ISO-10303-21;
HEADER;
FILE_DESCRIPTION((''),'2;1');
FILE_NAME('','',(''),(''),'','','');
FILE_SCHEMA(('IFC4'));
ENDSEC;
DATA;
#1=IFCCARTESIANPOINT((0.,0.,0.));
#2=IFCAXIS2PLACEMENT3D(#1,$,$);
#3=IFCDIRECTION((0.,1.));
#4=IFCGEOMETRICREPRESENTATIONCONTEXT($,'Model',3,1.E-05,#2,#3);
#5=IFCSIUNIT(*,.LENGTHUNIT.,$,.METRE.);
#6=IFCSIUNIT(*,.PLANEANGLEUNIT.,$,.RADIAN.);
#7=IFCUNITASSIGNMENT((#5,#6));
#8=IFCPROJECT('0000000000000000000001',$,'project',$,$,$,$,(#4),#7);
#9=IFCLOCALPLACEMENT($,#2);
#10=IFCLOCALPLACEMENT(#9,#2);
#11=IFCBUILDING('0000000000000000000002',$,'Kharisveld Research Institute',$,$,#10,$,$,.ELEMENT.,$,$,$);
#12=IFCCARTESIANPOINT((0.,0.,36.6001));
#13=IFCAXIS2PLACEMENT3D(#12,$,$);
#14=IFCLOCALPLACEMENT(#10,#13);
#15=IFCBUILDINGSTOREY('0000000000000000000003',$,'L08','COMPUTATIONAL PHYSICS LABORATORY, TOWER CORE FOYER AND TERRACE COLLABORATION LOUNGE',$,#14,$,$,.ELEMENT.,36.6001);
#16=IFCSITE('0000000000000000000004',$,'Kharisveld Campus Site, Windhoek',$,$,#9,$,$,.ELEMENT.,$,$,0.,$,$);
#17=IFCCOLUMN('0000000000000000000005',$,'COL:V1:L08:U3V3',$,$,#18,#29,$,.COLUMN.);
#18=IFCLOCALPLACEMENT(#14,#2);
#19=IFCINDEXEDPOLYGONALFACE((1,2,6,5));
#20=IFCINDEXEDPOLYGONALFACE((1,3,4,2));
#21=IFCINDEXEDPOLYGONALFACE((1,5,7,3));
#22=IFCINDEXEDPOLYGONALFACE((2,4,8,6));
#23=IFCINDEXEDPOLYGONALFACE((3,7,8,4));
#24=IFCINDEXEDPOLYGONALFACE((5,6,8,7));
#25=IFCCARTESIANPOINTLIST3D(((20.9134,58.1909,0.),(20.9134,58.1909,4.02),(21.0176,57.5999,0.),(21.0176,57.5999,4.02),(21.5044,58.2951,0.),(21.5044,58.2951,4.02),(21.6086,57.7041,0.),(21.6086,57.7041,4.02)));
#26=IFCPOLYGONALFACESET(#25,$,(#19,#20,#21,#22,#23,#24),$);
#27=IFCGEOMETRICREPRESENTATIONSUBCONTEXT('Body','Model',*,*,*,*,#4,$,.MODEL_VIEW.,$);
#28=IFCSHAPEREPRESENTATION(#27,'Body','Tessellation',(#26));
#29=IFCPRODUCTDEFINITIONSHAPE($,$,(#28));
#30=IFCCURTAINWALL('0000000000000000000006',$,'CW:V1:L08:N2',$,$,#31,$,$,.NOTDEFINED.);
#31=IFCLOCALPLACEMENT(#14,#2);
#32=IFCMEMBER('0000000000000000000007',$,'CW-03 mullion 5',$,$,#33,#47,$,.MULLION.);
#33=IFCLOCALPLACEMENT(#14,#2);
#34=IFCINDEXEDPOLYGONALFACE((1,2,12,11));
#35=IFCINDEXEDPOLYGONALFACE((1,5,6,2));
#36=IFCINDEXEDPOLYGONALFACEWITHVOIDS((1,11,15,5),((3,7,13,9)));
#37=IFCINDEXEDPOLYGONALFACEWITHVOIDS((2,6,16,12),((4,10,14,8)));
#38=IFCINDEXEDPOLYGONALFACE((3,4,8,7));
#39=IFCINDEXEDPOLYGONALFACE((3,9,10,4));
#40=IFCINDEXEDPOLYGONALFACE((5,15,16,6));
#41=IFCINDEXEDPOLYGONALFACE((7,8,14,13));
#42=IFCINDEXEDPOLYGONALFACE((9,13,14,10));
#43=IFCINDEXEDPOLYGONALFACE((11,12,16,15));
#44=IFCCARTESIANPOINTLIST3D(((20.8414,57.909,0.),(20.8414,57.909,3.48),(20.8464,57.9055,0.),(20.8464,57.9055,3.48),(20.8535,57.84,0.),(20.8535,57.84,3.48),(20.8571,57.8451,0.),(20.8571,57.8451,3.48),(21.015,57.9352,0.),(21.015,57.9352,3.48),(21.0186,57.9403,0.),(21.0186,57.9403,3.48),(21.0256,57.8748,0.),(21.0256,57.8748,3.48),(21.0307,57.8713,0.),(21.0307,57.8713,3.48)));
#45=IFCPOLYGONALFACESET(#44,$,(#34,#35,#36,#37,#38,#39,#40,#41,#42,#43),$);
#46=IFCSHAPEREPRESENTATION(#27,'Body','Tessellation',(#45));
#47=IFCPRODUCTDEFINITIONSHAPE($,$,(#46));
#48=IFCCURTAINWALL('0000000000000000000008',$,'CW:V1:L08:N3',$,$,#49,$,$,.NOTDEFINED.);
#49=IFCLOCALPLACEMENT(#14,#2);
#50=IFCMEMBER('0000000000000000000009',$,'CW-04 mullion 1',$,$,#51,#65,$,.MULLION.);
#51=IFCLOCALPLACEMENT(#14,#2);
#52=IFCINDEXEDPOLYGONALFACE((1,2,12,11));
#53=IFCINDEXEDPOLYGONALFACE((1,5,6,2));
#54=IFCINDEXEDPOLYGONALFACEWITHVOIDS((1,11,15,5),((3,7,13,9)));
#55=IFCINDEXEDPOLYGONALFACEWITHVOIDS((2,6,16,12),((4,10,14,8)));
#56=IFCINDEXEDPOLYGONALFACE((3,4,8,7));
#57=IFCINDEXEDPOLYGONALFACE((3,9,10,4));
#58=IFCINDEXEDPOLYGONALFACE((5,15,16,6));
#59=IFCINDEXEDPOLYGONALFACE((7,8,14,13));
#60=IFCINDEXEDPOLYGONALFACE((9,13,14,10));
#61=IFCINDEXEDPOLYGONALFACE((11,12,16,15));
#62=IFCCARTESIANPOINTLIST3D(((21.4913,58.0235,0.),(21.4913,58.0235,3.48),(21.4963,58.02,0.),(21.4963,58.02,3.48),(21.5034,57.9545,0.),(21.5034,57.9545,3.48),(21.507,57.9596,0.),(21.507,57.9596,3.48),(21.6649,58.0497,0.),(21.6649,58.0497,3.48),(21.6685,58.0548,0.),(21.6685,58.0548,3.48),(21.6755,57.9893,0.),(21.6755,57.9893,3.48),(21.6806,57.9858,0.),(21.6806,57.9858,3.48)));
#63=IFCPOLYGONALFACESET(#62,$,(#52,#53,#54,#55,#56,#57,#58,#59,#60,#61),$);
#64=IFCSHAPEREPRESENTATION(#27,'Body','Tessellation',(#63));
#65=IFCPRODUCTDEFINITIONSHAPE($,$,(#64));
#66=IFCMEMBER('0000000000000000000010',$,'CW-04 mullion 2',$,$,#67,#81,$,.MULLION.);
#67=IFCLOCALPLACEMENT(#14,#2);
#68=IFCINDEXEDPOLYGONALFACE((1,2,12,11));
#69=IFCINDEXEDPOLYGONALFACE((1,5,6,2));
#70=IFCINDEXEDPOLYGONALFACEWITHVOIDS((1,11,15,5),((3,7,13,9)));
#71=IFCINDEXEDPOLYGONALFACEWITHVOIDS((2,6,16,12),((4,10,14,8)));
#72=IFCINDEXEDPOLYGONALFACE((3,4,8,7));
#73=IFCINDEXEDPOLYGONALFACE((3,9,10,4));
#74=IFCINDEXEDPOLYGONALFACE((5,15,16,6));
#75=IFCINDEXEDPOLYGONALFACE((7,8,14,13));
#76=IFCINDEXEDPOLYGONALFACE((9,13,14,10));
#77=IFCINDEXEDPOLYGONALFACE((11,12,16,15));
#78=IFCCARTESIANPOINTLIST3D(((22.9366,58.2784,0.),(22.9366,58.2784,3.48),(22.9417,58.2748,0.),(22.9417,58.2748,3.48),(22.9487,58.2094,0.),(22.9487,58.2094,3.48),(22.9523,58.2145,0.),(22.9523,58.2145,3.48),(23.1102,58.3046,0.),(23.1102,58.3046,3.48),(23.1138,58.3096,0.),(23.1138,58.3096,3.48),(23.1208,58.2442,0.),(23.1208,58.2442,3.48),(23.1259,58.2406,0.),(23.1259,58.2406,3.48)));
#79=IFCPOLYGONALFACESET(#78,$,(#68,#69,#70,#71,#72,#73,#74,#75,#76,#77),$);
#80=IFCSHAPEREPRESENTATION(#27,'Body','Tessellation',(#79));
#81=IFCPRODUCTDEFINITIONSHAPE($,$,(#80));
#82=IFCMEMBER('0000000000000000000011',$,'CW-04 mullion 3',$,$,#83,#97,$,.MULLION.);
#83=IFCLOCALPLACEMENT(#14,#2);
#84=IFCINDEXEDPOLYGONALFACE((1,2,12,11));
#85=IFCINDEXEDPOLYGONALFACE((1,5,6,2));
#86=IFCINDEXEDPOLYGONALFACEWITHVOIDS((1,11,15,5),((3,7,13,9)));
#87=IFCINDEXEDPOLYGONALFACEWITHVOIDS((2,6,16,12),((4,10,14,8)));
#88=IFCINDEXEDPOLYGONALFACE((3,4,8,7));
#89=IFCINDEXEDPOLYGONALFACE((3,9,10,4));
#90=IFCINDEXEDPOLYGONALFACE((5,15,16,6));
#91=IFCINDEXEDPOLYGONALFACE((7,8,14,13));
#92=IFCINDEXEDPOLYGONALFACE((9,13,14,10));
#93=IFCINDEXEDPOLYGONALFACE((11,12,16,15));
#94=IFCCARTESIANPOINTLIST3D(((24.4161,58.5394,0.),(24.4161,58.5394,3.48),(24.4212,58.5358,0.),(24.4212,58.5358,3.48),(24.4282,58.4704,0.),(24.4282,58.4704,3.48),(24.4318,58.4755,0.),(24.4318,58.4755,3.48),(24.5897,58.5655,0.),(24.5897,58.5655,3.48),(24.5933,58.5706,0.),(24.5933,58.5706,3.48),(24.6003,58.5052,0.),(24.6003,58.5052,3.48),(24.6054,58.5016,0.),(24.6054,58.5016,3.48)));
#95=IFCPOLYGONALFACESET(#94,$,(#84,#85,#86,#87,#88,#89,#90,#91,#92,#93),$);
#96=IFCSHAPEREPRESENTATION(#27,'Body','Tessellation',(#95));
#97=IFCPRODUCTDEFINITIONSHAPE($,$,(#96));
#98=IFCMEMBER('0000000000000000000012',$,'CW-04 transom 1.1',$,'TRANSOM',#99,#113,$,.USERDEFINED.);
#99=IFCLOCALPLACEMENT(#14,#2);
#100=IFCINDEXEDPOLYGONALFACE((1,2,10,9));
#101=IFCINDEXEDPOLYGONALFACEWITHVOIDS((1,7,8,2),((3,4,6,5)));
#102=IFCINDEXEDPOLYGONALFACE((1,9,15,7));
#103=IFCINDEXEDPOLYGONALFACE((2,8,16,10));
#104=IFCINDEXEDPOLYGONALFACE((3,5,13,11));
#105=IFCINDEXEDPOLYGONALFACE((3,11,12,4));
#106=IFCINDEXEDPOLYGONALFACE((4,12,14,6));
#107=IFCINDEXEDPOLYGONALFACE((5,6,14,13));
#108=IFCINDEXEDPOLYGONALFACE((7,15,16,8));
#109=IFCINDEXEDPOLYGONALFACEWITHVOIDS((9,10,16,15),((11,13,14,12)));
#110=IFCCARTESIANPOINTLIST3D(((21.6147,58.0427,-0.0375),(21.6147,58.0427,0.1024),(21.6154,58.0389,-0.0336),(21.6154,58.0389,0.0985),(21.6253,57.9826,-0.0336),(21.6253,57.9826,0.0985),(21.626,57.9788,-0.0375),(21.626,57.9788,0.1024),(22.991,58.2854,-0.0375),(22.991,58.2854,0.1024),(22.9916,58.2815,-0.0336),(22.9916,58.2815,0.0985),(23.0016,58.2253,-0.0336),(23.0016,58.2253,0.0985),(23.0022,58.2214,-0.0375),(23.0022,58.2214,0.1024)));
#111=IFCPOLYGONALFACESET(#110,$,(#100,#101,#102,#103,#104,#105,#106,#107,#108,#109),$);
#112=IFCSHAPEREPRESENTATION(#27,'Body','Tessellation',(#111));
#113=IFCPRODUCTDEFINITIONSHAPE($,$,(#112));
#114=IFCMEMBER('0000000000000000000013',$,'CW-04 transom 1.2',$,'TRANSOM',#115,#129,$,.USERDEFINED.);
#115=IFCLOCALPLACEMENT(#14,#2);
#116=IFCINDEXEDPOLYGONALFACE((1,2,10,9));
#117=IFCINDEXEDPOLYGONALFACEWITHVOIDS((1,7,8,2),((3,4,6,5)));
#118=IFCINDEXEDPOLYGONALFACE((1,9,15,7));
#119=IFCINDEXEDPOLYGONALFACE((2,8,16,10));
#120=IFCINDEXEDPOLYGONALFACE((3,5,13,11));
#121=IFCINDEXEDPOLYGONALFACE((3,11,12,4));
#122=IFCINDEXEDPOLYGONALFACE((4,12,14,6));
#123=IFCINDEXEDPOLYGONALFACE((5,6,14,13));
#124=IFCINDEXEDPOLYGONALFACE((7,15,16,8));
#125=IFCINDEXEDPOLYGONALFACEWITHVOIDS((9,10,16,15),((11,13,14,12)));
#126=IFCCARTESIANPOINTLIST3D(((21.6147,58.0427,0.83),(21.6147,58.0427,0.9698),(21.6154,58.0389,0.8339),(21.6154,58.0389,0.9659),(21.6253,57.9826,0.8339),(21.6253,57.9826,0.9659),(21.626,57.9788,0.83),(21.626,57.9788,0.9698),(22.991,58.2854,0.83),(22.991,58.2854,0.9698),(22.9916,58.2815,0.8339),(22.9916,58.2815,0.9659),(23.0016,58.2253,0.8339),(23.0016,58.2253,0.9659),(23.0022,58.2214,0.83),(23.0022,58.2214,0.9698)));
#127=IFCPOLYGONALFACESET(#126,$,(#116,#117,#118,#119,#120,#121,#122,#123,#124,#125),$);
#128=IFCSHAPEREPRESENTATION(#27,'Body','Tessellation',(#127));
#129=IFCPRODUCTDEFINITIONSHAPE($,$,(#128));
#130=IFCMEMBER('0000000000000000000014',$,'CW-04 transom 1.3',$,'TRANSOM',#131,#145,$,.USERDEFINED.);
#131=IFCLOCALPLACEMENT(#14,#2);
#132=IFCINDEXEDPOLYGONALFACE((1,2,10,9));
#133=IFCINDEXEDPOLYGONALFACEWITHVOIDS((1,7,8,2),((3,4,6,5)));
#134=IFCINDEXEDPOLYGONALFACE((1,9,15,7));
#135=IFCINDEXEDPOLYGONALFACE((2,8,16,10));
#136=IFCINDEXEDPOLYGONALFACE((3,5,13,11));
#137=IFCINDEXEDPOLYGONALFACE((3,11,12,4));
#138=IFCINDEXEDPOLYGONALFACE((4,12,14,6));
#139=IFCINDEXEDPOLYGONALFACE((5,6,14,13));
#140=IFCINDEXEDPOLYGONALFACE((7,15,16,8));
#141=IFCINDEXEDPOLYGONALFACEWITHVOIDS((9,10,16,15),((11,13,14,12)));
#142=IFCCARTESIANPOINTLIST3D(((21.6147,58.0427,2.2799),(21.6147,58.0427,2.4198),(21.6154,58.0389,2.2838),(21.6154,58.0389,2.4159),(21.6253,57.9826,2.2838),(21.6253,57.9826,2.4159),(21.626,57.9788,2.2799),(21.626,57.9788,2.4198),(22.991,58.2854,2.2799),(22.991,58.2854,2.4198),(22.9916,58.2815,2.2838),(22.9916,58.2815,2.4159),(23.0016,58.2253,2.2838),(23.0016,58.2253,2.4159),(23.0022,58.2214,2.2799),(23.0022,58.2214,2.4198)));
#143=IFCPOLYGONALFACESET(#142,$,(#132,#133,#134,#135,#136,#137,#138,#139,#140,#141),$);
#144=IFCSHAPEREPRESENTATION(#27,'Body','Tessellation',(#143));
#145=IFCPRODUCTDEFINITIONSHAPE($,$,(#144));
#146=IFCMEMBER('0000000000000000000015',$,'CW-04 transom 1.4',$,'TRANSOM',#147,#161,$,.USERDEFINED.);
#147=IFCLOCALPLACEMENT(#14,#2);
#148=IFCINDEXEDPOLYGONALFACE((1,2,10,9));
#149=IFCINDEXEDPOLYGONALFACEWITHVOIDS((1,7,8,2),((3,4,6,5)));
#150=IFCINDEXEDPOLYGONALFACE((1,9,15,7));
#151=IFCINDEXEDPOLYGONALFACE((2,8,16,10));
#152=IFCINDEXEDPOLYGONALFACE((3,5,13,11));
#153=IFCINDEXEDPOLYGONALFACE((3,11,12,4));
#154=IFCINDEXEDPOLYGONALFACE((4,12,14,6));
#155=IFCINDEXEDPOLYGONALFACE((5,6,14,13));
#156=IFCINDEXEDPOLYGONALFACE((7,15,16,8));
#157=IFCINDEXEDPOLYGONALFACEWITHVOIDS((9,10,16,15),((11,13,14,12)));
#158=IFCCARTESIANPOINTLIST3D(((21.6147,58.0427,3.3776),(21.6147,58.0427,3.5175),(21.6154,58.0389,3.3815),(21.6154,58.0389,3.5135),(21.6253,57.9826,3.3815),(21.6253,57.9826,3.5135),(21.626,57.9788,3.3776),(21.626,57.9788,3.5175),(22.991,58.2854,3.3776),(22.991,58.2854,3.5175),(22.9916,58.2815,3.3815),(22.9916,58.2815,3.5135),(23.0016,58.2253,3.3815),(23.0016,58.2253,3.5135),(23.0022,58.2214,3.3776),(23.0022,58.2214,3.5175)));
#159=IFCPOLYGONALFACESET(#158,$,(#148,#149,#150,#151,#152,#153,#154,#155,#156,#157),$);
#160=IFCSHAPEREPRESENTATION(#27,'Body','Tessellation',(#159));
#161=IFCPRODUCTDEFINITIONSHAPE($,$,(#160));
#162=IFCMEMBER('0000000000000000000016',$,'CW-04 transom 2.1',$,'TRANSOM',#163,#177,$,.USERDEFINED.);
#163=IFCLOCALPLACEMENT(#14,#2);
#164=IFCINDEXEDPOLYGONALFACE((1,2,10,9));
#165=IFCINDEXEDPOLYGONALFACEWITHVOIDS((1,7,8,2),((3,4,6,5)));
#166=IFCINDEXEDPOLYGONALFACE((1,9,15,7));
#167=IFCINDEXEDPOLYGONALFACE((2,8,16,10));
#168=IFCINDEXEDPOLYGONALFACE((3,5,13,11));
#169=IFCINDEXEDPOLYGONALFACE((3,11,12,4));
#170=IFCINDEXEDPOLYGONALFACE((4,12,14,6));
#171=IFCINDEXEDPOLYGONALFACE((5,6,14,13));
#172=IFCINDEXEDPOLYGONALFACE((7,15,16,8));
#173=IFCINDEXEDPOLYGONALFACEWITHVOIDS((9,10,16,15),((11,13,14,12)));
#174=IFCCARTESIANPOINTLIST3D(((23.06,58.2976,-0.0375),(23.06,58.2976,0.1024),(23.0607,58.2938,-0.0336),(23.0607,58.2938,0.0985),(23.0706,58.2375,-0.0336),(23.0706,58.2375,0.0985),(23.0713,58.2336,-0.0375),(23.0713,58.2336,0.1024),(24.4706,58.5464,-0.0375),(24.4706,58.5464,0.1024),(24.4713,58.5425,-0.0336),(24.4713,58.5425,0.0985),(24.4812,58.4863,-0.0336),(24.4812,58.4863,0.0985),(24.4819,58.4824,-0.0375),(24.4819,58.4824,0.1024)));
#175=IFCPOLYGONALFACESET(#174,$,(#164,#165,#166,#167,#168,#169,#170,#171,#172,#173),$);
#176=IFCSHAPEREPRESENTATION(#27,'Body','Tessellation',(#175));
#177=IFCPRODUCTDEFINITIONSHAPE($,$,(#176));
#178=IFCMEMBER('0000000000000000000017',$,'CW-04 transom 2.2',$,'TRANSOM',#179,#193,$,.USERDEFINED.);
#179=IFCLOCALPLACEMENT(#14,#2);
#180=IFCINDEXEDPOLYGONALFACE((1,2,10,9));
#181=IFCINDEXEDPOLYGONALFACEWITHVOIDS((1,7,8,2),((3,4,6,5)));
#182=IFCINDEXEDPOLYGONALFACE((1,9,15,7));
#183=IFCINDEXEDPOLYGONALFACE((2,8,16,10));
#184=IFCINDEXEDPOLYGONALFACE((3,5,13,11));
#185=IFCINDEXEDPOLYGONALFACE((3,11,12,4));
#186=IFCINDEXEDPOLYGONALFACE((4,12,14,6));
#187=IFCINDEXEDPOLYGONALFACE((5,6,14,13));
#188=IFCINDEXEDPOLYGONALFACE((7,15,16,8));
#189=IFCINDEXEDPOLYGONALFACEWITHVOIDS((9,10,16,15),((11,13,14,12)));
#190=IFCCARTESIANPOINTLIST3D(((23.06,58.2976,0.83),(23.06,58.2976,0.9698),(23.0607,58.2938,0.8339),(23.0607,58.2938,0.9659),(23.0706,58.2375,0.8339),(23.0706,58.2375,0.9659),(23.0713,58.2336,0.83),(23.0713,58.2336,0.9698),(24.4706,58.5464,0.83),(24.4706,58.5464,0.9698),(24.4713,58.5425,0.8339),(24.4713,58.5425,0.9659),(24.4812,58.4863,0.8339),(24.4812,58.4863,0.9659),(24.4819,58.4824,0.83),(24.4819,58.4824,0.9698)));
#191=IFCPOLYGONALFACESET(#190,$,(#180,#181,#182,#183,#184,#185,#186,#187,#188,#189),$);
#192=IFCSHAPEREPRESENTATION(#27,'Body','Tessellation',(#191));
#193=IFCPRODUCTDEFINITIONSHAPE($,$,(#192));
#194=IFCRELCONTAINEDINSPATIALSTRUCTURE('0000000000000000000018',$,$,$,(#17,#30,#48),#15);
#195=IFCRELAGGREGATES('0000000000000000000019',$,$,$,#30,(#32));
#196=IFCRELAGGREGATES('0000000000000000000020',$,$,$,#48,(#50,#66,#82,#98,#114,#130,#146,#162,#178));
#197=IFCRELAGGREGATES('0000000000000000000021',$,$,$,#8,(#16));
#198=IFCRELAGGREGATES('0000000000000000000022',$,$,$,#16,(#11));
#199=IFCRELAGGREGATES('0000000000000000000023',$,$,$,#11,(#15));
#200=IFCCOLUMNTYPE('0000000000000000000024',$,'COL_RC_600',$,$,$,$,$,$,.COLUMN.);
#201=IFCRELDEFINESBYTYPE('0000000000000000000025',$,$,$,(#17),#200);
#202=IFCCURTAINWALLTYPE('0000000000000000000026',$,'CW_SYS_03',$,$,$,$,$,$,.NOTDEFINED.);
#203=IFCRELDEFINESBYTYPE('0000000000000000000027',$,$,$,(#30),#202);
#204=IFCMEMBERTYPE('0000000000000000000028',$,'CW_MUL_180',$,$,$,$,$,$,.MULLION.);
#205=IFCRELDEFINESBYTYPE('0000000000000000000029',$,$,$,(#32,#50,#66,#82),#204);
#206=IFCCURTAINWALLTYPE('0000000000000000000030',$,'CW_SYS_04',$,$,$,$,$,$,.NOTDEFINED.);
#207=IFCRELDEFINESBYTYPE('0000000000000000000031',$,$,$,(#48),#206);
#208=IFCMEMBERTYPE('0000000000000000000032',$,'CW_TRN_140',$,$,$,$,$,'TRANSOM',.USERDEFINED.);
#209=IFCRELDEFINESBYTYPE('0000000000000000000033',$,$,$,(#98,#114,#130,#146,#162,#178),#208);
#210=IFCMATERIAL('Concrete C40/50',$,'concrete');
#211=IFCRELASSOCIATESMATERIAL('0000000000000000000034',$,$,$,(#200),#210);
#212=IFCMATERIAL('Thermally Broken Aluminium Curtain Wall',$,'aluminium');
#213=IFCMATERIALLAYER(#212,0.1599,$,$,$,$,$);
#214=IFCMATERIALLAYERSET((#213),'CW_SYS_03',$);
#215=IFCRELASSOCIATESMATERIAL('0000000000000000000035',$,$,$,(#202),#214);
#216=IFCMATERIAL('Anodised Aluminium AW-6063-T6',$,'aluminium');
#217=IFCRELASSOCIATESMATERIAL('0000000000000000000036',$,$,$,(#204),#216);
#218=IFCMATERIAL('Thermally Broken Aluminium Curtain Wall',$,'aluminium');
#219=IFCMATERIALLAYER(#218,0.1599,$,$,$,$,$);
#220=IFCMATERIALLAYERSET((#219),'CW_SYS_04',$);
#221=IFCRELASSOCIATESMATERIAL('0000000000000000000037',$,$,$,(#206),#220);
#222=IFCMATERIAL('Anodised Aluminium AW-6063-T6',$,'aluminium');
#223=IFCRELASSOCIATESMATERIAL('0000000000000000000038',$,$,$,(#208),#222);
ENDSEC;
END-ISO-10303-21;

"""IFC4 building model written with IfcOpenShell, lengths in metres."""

from ifc_helpers import new_model, si_unit, direction, frame, origin, origin_2d, place, context, subcontext, project, spatial, rectangle, hollow_rectangle, extrude, material, layer, layer_set, material_profile, profile_set, type_object, element, aggregate, save


model = new_model("IFC4")

# Units and contexts
model_context = context("Model", 3, precision=1e-05, world=origin(), true_north=direction((0.0, 1.0)))
body_context = subcontext(model_context, "Body", "Model", "MODEL_VIEW")
ifc_project = project(units=[si_unit("LENGTHUNIT", "METRE"), si_unit("PLANEANGLEUNIT", "RADIAN")], contexts=[model_context])

# Site, building, storey
site_placement = place(None, origin())
site = spatial("IfcSite", under=ifc_project, at=site_placement, Name="Kharisveld Campus Site, Windhoek", CompositionType="ELEMENT", RefElevation=0.0)
building_placement = place(site_placement, origin())
building = spatial("IfcBuilding", under=site, at=building_placement, Name="Kharisveld Research Institute", CompositionType="ELEMENT")
storey_placement = place(building_placement, frame((0.0, 0.0, 36.6001)))
storey = spatial("IfcBuildingStorey", under=building, at=storey_placement, Name="L08", Description="COMPUTATIONAL PHYSICS LABORATORY, TOWER CORE FOYER AND TERRACE COLLABORATION LOUNGE", CompositionType="ELEMENT", Elevation=36.6001)

# Column
ifc_material_1 = material(Name="Concrete C40/50", Category="concrete")
ifc_material_profile_1 = material_profile(ifc_material_1, rectangle(XDim=0.6001, YDim=0.6001, at=origin_2d()))
ifc_profile_set_1 = profile_set([ifc_material_profile_1], Name="Concrete C40/50")
column_type = type_object("IfcColumnType", Name="COL_RC_600", PredefinedType="COLUMN", material=ifc_profile_set_1)
column_placement = place(storey_placement, frame((21.261, 57.9475, 0.0), z_axis=(0.0, 0.0, 1.0), x_axis=(0.984808, 0.173648, 0.0)))
element("IfcColumn", 1, at=column_placement, inside=storey, type_object=column_type, Name="COL:V1:L08:U3V3", PredefinedType="COLUMN", context=body_context, shape_type="SweptSolid", body=[
    extrude(rectangle(XDim=0.6001, YDim=0.6001, at=origin_2d()), origin(), (0.0, 0.0, 1.0), 4.02),
])

# Curtain wall, member
ifc_material_2 = material(Name="Thermally Broken Aluminium Curtain Wall", Category="aluminium")
ifc_layer_1 = layer(ifc_material_2, 0.1599)
ifc_layer_set_1 = layer_set([ifc_layer_1], Name="CW_SYS_03")
curtain_wall_type_1 = type_object("IfcCurtainWallType", Name="CW_SYS_03", PredefinedType="NOTDEFINED", material=ifc_layer_set_1)
curtain_wall_1_placement = place(storey_placement, origin())
curtain_wall_1 = element("IfcCurtainWall", 2, at=curtain_wall_1_placement, inside=storey, type_object=curtain_wall_type_1, Name="CW:V1:L08:N2", PredefinedType="NOTDEFINED")
ifc_material_3 = material(Name="Anodised Aluminium AW-6063-T6", Category="aluminium")
ifc_material_profile_2 = material_profile(ifc_material_3, hollow_rectangle(XDim=0.0701, YDim=0.1799, WallThickness=0.0044, at=origin_2d()))
ifc_profile_set_2 = profile_set([ifc_material_profile_2], Name="Anodised Aluminium AW-6063-T6")
member_type_1 = type_object("IfcMemberType", Name="CW_MUL_180", PredefinedType="MULLION", material=ifc_profile_set_2)
member_1_placement = place(storey_placement, frame((20.936, 57.8901, 0.0), z_axis=(0.0, 0.0, 1.0), x_axis=(-0.173648, 0.984808, 0.0)))
member_1 = element("IfcMember", 3, at=member_1_placement, type_object=member_type_1, Name="CW-03 mullion 5", PredefinedType="MULLION", context=body_context, shape_type="SweptSolid", body=[
    extrude(hollow_rectangle(XDim=0.0701, YDim=0.1799, WallThickness=0.0044, at=origin_2d()), origin(), (0.0, 0.0, 1.0), 3.48),
])

# Curtain wall, members
ifc_material_4 = material(Name="Thermally Broken Aluminium Curtain Wall", Category="aluminium")
ifc_layer_2 = layer(ifc_material_4, 0.1599)
ifc_layer_set_2 = layer_set([ifc_layer_2], Name="CW_SYS_04")
curtain_wall_type_2 = type_object("IfcCurtainWallType", Name="CW_SYS_04", PredefinedType="NOTDEFINED", material=ifc_layer_set_2)
curtain_wall_2_placement = place(storey_placement, origin())
curtain_wall_2 = element("IfcCurtainWall", 4, at=curtain_wall_2_placement, inside=storey, type_object=curtain_wall_type_2, Name="CW:V1:L08:N3", PredefinedType="NOTDEFINED")
member_2_placement = place(storey_placement, frame((21.5859, 58.0046, 0.0), z_axis=(0.0, 0.0, 1.0), x_axis=(-0.173648, 0.984808, 0.0)))
member_2 = element("IfcMember", 5, at=member_2_placement, type_object=member_type_1, Name="CW-04 mullion 1", PredefinedType="MULLION", context=body_context, shape_type="SweptSolid", body=[
    extrude(hollow_rectangle(XDim=0.0701, YDim=0.1799, WallThickness=0.0044, at=origin_2d()), origin(), (0.0, 0.0, 1.0), 3.48),
])
member_3_placement = place(storey_placement, frame((23.0312, 58.2595, 0.0), z_axis=(0.0, 0.0, 1.0), x_axis=(-0.173648, 0.984808, 0.0)))
member_3 = element("IfcMember", 6, at=member_3_placement, type_object=member_type_1, Name="CW-04 mullion 2", PredefinedType="MULLION", context=body_context, shape_type="SweptSolid", body=[
    extrude(hollow_rectangle(XDim=0.0701, YDim=0.1799, WallThickness=0.0044, at=origin_2d()), origin(), (0.0, 0.0, 1.0), 3.48),
])
member_4_placement = place(storey_placement, frame((24.5107, 58.5205, 0.0), z_axis=(0.0, 0.0, 1.0), x_axis=(-0.173648, 0.984808, 0.0)))
member_4 = element("IfcMember", 7, at=member_4_placement, type_object=member_type_1, Name="CW-04 mullion 3", PredefinedType="MULLION", context=body_context, shape_type="SweptSolid", body=[
    extrude(hollow_rectangle(XDim=0.0701, YDim=0.1799, WallThickness=0.0044, at=origin_2d()), origin(), (0.0, 0.0, 1.0), 3.48),
])
ifc_material_5 = material(Name="Anodised Aluminium AW-6063-T6", Category="aluminium")
ifc_material_profile_3 = material_profile(ifc_material_5, hollow_rectangle(XDim=0.0649, YDim=0.1399, WallThickness=0.0039, at=origin_2d()))
ifc_profile_set_3 = profile_set([ifc_material_profile_3], Name="Anodised Aluminium AW-6063-T6")
member_type_2 = type_object("IfcMemberType", Name="CW_TRN_140", ElementType="TRANSOM", PredefinedType="USERDEFINED", material=ifc_profile_set_3)
member_5_placement = place(storey_placement, frame((21.6204, 58.0107, 0.0325), z_axis=(0.984806, 0.173656, 0.0), x_axis=(-0.173656, 0.984806, 0.0)))
member_5 = element("IfcMember", 8, at=member_5_placement, type_object=member_type_2, Name="CW-04 transom 1.1", ObjectType="TRANSOM", PredefinedType="USERDEFINED", context=body_context, shape_type="SweptSolid", body=[
    extrude(hollow_rectangle(XDim=0.0649, YDim=0.1399, WallThickness=0.0039, at=origin_2d()), origin(), (0.0, 0.0, 1.0), 1.3975),
])
member_6_placement = place(storey_placement, frame((21.6204, 58.0107, 0.8999), z_axis=(0.984806, 0.173656, 0.0), x_axis=(-0.173656, 0.984806, 0.0)))
member_6 = element("IfcMember", 9, at=member_6_placement, type_object=member_type_2, Name="CW-04 transom 1.2", ObjectType="TRANSOM", PredefinedType="USERDEFINED", context=body_context, shape_type="SweptSolid", body=[
    extrude(hollow_rectangle(XDim=0.0649, YDim=0.1399, WallThickness=0.0039, at=origin_2d()), origin(), (0.0, 0.0, 1.0), 1.3975),
])
member_7_placement = place(storey_placement, frame((21.6204, 58.0107, 2.3499), z_axis=(0.984806, 0.173656, 0.0), x_axis=(-0.173656, 0.984806, 0.0)))
member_7 = element("IfcMember", 10, at=member_7_placement, type_object=member_type_2, Name="CW-04 transom 1.3", ObjectType="TRANSOM", PredefinedType="USERDEFINED", context=body_context, shape_type="SweptSolid", body=[
    extrude(hollow_rectangle(XDim=0.0649, YDim=0.1399, WallThickness=0.0039, at=origin_2d()), origin(), (0.0, 0.0, 1.0), 1.3975),
])
member_8_placement = place(storey_placement, frame((21.6204, 58.0107, 3.4475), z_axis=(0.984806, 0.173656, 0.0), x_axis=(-0.173656, 0.984806, 0.0)))
member_8 = element("IfcMember", 11, at=member_8_placement, type_object=member_type_2, Name="CW-04 transom 1.4", ObjectType="TRANSOM", PredefinedType="USERDEFINED", context=body_context, shape_type="SweptSolid", body=[
    extrude(hollow_rectangle(XDim=0.0649, YDim=0.1399, WallThickness=0.0039, at=origin_2d()), origin(), (0.0, 0.0, 1.0), 1.3975),
])
member_9_placement = place(storey_placement, frame((23.0657, 58.2656, 0.0325), z_axis=(0.984802, 0.173678, 0.0), x_axis=(-0.173678, 0.984802, 0.0)))
member_9 = element("IfcMember", 12, at=member_9_placement, type_object=member_type_2, Name="CW-04 transom 2.1", ObjectType="TRANSOM", PredefinedType="USERDEFINED", context=body_context, shape_type="SweptSolid", body=[
    extrude(hollow_rectangle(XDim=0.0649, YDim=0.1399, WallThickness=0.0039, at=origin_2d()), origin(), (0.0, 0.0, 1.0), 1.4324),
])
member_10_placement = place(storey_placement, frame((23.0657, 58.2656, 0.8999), z_axis=(0.984802, 0.173678, 0.0), x_axis=(-0.173678, 0.984802, 0.0)))
member_10 = element("IfcMember", 13, at=member_10_placement, type_object=member_type_2, Name="CW-04 transom 2.2", ObjectType="TRANSOM", PredefinedType="USERDEFINED", context=body_context, shape_type="SweptSolid", body=[
    extrude(hollow_rectangle(XDim=0.0649, YDim=0.1399, WallThickness=0.0039, at=origin_2d()), origin(), (0.0, 0.0, 1.0), 1.4324),
])

aggregate(curtain_wall_1, [member_1])
aggregate(curtain_wall_2, [member_2, member_3, member_4, member_5, member_6, member_7, member_8, member_9, member_10])

save(model, "model.ifc")
